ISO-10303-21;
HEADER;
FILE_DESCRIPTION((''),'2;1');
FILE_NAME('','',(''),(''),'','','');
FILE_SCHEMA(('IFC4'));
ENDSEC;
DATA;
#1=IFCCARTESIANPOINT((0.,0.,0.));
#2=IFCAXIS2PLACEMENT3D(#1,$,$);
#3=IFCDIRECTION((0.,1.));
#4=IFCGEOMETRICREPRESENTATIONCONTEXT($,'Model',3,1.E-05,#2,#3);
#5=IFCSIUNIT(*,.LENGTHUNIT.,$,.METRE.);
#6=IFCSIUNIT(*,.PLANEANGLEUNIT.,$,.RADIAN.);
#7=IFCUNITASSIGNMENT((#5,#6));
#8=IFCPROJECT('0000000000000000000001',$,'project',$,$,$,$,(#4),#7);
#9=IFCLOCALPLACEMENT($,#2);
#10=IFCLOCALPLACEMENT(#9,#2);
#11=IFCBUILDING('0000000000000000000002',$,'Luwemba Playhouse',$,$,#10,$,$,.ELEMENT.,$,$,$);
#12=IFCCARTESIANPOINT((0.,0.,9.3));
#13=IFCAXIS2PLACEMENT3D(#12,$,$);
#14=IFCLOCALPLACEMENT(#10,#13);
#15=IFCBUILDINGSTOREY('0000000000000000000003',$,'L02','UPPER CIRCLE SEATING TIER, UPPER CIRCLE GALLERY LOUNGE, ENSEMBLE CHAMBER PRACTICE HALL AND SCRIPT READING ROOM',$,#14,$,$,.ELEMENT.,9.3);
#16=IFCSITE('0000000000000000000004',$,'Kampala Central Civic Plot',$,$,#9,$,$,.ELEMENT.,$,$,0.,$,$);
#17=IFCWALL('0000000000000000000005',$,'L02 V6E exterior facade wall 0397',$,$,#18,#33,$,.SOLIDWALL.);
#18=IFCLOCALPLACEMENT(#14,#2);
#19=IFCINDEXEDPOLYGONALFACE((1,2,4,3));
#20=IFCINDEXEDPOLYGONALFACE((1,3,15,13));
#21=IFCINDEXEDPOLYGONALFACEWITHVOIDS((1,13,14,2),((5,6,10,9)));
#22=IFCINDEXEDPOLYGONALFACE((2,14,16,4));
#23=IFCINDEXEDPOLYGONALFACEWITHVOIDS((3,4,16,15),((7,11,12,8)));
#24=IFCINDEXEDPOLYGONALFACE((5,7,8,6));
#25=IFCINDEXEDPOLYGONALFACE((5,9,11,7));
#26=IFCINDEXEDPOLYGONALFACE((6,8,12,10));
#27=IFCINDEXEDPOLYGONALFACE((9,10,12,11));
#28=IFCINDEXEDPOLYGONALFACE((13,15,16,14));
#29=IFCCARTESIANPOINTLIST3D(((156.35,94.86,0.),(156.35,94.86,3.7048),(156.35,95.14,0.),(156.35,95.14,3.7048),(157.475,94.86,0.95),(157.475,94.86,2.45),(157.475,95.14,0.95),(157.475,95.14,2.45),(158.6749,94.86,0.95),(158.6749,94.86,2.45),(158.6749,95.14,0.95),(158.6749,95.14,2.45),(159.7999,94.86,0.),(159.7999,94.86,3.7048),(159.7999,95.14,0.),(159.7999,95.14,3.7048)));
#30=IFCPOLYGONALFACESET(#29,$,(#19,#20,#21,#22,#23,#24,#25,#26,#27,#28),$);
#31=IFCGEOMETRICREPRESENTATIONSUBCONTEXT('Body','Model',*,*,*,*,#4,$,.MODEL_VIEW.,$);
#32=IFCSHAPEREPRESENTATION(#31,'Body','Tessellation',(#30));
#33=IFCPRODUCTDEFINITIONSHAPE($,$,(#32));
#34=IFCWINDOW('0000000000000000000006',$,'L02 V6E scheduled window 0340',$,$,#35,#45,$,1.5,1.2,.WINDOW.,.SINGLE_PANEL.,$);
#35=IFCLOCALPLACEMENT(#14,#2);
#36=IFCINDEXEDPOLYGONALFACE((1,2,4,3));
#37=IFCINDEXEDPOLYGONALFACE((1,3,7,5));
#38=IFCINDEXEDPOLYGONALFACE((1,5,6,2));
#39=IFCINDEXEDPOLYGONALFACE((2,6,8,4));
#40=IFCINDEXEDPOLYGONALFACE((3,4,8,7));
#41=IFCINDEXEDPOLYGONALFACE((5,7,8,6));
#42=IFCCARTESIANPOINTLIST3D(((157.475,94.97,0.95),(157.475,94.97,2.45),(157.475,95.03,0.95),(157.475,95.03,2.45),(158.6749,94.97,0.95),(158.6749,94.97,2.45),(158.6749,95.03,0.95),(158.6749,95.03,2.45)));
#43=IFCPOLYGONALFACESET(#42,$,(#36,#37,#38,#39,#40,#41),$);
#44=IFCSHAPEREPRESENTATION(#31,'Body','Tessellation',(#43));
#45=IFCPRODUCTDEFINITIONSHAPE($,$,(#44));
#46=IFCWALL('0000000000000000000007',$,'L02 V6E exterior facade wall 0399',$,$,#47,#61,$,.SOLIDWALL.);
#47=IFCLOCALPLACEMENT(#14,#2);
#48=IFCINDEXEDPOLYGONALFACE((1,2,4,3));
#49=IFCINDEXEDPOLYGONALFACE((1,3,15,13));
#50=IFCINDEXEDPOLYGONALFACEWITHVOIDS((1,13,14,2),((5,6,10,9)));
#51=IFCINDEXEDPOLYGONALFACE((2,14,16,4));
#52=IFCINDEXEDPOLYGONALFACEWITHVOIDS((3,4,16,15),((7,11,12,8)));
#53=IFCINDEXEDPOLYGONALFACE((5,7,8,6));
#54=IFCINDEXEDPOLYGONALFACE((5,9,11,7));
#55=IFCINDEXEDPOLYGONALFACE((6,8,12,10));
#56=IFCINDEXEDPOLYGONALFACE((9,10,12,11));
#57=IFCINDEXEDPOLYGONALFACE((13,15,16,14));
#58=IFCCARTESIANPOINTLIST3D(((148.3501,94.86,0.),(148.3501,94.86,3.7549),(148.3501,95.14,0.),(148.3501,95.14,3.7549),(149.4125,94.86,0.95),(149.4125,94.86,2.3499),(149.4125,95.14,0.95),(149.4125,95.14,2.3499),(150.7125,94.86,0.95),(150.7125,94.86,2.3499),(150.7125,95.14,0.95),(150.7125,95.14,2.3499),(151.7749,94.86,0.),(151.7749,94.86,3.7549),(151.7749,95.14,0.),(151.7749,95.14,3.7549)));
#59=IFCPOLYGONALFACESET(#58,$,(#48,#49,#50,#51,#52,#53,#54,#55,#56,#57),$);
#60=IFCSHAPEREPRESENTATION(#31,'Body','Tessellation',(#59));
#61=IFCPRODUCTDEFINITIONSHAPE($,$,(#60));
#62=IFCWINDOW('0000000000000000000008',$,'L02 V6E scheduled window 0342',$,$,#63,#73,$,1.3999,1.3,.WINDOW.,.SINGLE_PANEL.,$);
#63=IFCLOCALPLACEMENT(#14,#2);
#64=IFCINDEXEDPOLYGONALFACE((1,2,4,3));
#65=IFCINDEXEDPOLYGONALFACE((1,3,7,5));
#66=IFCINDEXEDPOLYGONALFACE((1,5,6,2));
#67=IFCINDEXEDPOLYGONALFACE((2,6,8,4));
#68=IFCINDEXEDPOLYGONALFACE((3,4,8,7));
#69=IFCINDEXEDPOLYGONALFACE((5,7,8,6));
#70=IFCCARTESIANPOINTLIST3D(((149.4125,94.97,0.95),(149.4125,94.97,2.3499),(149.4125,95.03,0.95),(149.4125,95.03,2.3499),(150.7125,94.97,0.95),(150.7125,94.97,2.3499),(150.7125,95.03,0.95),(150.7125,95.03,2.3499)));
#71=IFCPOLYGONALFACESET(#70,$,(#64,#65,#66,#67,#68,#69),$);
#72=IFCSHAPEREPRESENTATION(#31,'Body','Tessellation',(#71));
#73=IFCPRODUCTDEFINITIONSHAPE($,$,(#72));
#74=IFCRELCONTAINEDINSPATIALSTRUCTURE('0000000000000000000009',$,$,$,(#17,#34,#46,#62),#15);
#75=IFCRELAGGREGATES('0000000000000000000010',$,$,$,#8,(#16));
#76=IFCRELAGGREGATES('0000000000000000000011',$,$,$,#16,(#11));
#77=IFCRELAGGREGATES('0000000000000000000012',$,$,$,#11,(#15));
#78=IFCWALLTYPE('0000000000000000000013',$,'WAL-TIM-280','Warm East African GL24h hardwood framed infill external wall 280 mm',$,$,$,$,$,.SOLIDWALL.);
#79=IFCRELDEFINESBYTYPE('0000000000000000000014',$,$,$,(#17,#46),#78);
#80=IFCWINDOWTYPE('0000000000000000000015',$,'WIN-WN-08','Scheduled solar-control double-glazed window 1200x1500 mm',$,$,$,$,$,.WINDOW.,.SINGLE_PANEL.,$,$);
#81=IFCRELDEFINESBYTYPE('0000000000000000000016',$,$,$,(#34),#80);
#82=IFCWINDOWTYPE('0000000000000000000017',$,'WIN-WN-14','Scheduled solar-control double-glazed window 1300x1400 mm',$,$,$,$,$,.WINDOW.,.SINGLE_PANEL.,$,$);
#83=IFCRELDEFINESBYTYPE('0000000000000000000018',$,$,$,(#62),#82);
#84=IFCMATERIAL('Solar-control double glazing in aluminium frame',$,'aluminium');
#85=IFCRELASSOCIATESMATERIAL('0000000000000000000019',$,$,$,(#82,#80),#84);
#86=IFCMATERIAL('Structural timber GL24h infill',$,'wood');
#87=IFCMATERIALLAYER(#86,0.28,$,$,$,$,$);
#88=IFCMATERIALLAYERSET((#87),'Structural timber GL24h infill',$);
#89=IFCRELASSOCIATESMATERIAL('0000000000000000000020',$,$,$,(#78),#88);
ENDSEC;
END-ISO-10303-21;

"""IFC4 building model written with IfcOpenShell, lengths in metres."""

from ifc_helpers import new_model, si_unit, direction, frame, frame_2d, origin, place, context, subcontext, project, spatial, rectangle, extrude, material, layer, layer_set, type_object, element, fill, save


model = new_model("IFC4")

# Units and contexts
model_context = context("Model", 3, precision=1e-05, world=origin(), true_north=direction((0.0, 1.0)))
body_context = subcontext(model_context, "Body", "Model", "MODEL_VIEW")
ifc_project = project(units=[si_unit("LENGTHUNIT", "METRE"), si_unit("PLANEANGLEUNIT", "RADIAN")], contexts=[model_context])

# Site, building, storey
site_placement = place(None, origin())
site = spatial("IfcSite", under=ifc_project, at=site_placement, Name="Kampala Central Civic Plot", CompositionType="ELEMENT", RefElevation=0.0)
building_placement = place(site_placement, origin())
building = spatial("IfcBuilding", under=site, at=building_placement, Name="Luwemba Playhouse", CompositionType="ELEMENT")
storey_placement = place(building_placement, frame((0.0, 0.0, 9.3)))
storey = spatial("IfcBuildingStorey", under=building, at=storey_placement, Name="L02", Description="UPPER CIRCLE SEATING TIER, UPPER CIRCLE GALLERY LOUNGE, ENSEMBLE CHAMBER PRACTICE HALL AND SCRIPT READING ROOM", CompositionType="ELEMENT", Elevation=9.3)

# Shared definitions
ifc_material_1 = material(Name="Solar-control double glazing in aluminium frame", Category="aluminium")
window_type_1 = type_object("IfcWindowType", Name="WIN-WN-14", Description="Scheduled solar-control double-glazed window 1300x1400 mm", PartitioningType="SINGLE_PANEL", PredefinedType="WINDOW", material=ifc_material_1)

# Walls, openings, windows
ifc_material_2 = material(Name="Structural timber GL24h infill", Category="wood")
ifc_layer_1 = layer(ifc_material_2, 0.28)
ifc_layer_set_1 = layer_set([ifc_layer_1], Name="Structural timber GL24h infill")
wall_type_1 = type_object("IfcWallType", Name="WAL-TIM-280", Description="Warm East African GL24h hardwood framed infill external wall 280 mm", PredefinedType="SOLIDWALL", material=ifc_layer_set_1)
wall_1_placement = place(storey_placement, frame((159.8, 95.0, 0.0), z_axis=(0.0, 0.0, 1.0), x_axis=(-1.0, 0.0, 0.0)))
wall_1 = element("IfcWall", 1, at=wall_1_placement, inside=storey, type_object=wall_type_1, Name="L02 V6E exterior facade wall 0397", PredefinedType="SOLIDWALL", context=body_context, shape_type="SweptSolid", body=[
    extrude(rectangle(XDim=3.45, YDim=0.28, at=frame_2d((1.7251, 0.0))), origin(), (0.0, 0.0, 1.0), 3.7048),
])
opening_1_placement = place(wall_1_placement, frame((1.125, 0.0, 0.95)))
opening_1 = element("IfcOpeningElement", 2, at=opening_1_placement, cuts=wall_1, PredefinedType="OPENING", context=body_context, shape_type="SweptSolid", body=[
    extrude(rectangle(XDim=1.2, YDim=1.5, at=frame_2d((0.6001, 0.75))), frame((0.0, 0.1499, 0.0), z_axis=(0.0, -1.0, 0.0), x_axis=(1.0, 0.0, 0.0)), (0.0, 0.0, 1.0), 0.3),
])
window_type_2 = type_object("IfcWindowType", Name="WIN-WN-08", Description="Scheduled solar-control double-glazed window 1200x1500 mm", PartitioningType="SINGLE_PANEL", PredefinedType="WINDOW", material=ifc_material_1)
window_1_placement = place(opening_1_placement, origin())
window_1 = element("IfcWindow", 3, at=window_1_placement, inside=storey, type_object=window_type_2, Name="L02 V6E scheduled window 0340", OverallHeight=1.5, OverallWidth=1.2, PartitioningType="SINGLE_PANEL", PredefinedType="WINDOW", context=body_context, shape_type="SweptSolid", body=[
    extrude(rectangle(XDim=1.2, YDim=1.5, at=frame_2d((0.6001, 0.75))), frame((0.0, 0.03, 0.0), z_axis=(0.0, -1.0, 0.0), x_axis=(1.0, 0.0, 0.0)), (0.0, 0.0, 1.0), 0.0601),
])
fill(opening_1, window_1)
wall_2_placement = place(storey_placement, frame((151.7749, 95.0, 0.0), z_axis=(0.0, 0.0, 1.0), x_axis=(-1.0, 0.0, 0.0)))
wall_2 = element("IfcWall", 4, at=wall_2_placement, inside=storey, type_object=wall_type_1, Name="L02 V6E exterior facade wall 0399", PredefinedType="SOLIDWALL", context=body_context, shape_type="SweptSolid", body=[
    extrude(rectangle(XDim=3.4248, YDim=0.28, at=frame_2d((1.7124, 0.0))), origin(), (0.0, 0.0, 1.0), 3.7549),
])
opening_2_placement = place(wall_2_placement, frame((1.0625, 0.0, 0.95)))
opening_2 = element("IfcOpeningElement", 5, at=opening_2_placement, cuts=wall_2, PredefinedType="OPENING", context=body_context, shape_type="SweptSolid", body=[
    extrude(rectangle(XDim=1.3, YDim=1.3999, at=frame_2d((0.6499, 0.7))), frame((0.0, 0.1499, 0.0), z_axis=(0.0, -1.0, 0.0), x_axis=(1.0, 0.0, 0.0)), (0.0, 0.0, 1.0), 0.3),
])
window_2_placement = place(opening_2_placement, origin())
window_2 = element("IfcWindow", 6, at=window_2_placement, inside=storey, type_object=window_type_1, Name="L02 V6E scheduled window 0342", OverallHeight=1.3999, OverallWidth=1.3, PartitioningType="SINGLE_PANEL", PredefinedType="WINDOW", context=body_context, shape_type="SweptSolid", body=[
    extrude(rectangle(XDim=1.3, YDim=1.3999, at=frame_2d((0.6499, 0.7))), frame((0.0, 0.03, 0.0), z_axis=(0.0, -1.0, 0.0), x_axis=(1.0, 0.0, 0.0)), (0.0, 0.0, 1.0), 0.0601),
])
fill(opening_2, window_2)

save(model, "model.ifc")
